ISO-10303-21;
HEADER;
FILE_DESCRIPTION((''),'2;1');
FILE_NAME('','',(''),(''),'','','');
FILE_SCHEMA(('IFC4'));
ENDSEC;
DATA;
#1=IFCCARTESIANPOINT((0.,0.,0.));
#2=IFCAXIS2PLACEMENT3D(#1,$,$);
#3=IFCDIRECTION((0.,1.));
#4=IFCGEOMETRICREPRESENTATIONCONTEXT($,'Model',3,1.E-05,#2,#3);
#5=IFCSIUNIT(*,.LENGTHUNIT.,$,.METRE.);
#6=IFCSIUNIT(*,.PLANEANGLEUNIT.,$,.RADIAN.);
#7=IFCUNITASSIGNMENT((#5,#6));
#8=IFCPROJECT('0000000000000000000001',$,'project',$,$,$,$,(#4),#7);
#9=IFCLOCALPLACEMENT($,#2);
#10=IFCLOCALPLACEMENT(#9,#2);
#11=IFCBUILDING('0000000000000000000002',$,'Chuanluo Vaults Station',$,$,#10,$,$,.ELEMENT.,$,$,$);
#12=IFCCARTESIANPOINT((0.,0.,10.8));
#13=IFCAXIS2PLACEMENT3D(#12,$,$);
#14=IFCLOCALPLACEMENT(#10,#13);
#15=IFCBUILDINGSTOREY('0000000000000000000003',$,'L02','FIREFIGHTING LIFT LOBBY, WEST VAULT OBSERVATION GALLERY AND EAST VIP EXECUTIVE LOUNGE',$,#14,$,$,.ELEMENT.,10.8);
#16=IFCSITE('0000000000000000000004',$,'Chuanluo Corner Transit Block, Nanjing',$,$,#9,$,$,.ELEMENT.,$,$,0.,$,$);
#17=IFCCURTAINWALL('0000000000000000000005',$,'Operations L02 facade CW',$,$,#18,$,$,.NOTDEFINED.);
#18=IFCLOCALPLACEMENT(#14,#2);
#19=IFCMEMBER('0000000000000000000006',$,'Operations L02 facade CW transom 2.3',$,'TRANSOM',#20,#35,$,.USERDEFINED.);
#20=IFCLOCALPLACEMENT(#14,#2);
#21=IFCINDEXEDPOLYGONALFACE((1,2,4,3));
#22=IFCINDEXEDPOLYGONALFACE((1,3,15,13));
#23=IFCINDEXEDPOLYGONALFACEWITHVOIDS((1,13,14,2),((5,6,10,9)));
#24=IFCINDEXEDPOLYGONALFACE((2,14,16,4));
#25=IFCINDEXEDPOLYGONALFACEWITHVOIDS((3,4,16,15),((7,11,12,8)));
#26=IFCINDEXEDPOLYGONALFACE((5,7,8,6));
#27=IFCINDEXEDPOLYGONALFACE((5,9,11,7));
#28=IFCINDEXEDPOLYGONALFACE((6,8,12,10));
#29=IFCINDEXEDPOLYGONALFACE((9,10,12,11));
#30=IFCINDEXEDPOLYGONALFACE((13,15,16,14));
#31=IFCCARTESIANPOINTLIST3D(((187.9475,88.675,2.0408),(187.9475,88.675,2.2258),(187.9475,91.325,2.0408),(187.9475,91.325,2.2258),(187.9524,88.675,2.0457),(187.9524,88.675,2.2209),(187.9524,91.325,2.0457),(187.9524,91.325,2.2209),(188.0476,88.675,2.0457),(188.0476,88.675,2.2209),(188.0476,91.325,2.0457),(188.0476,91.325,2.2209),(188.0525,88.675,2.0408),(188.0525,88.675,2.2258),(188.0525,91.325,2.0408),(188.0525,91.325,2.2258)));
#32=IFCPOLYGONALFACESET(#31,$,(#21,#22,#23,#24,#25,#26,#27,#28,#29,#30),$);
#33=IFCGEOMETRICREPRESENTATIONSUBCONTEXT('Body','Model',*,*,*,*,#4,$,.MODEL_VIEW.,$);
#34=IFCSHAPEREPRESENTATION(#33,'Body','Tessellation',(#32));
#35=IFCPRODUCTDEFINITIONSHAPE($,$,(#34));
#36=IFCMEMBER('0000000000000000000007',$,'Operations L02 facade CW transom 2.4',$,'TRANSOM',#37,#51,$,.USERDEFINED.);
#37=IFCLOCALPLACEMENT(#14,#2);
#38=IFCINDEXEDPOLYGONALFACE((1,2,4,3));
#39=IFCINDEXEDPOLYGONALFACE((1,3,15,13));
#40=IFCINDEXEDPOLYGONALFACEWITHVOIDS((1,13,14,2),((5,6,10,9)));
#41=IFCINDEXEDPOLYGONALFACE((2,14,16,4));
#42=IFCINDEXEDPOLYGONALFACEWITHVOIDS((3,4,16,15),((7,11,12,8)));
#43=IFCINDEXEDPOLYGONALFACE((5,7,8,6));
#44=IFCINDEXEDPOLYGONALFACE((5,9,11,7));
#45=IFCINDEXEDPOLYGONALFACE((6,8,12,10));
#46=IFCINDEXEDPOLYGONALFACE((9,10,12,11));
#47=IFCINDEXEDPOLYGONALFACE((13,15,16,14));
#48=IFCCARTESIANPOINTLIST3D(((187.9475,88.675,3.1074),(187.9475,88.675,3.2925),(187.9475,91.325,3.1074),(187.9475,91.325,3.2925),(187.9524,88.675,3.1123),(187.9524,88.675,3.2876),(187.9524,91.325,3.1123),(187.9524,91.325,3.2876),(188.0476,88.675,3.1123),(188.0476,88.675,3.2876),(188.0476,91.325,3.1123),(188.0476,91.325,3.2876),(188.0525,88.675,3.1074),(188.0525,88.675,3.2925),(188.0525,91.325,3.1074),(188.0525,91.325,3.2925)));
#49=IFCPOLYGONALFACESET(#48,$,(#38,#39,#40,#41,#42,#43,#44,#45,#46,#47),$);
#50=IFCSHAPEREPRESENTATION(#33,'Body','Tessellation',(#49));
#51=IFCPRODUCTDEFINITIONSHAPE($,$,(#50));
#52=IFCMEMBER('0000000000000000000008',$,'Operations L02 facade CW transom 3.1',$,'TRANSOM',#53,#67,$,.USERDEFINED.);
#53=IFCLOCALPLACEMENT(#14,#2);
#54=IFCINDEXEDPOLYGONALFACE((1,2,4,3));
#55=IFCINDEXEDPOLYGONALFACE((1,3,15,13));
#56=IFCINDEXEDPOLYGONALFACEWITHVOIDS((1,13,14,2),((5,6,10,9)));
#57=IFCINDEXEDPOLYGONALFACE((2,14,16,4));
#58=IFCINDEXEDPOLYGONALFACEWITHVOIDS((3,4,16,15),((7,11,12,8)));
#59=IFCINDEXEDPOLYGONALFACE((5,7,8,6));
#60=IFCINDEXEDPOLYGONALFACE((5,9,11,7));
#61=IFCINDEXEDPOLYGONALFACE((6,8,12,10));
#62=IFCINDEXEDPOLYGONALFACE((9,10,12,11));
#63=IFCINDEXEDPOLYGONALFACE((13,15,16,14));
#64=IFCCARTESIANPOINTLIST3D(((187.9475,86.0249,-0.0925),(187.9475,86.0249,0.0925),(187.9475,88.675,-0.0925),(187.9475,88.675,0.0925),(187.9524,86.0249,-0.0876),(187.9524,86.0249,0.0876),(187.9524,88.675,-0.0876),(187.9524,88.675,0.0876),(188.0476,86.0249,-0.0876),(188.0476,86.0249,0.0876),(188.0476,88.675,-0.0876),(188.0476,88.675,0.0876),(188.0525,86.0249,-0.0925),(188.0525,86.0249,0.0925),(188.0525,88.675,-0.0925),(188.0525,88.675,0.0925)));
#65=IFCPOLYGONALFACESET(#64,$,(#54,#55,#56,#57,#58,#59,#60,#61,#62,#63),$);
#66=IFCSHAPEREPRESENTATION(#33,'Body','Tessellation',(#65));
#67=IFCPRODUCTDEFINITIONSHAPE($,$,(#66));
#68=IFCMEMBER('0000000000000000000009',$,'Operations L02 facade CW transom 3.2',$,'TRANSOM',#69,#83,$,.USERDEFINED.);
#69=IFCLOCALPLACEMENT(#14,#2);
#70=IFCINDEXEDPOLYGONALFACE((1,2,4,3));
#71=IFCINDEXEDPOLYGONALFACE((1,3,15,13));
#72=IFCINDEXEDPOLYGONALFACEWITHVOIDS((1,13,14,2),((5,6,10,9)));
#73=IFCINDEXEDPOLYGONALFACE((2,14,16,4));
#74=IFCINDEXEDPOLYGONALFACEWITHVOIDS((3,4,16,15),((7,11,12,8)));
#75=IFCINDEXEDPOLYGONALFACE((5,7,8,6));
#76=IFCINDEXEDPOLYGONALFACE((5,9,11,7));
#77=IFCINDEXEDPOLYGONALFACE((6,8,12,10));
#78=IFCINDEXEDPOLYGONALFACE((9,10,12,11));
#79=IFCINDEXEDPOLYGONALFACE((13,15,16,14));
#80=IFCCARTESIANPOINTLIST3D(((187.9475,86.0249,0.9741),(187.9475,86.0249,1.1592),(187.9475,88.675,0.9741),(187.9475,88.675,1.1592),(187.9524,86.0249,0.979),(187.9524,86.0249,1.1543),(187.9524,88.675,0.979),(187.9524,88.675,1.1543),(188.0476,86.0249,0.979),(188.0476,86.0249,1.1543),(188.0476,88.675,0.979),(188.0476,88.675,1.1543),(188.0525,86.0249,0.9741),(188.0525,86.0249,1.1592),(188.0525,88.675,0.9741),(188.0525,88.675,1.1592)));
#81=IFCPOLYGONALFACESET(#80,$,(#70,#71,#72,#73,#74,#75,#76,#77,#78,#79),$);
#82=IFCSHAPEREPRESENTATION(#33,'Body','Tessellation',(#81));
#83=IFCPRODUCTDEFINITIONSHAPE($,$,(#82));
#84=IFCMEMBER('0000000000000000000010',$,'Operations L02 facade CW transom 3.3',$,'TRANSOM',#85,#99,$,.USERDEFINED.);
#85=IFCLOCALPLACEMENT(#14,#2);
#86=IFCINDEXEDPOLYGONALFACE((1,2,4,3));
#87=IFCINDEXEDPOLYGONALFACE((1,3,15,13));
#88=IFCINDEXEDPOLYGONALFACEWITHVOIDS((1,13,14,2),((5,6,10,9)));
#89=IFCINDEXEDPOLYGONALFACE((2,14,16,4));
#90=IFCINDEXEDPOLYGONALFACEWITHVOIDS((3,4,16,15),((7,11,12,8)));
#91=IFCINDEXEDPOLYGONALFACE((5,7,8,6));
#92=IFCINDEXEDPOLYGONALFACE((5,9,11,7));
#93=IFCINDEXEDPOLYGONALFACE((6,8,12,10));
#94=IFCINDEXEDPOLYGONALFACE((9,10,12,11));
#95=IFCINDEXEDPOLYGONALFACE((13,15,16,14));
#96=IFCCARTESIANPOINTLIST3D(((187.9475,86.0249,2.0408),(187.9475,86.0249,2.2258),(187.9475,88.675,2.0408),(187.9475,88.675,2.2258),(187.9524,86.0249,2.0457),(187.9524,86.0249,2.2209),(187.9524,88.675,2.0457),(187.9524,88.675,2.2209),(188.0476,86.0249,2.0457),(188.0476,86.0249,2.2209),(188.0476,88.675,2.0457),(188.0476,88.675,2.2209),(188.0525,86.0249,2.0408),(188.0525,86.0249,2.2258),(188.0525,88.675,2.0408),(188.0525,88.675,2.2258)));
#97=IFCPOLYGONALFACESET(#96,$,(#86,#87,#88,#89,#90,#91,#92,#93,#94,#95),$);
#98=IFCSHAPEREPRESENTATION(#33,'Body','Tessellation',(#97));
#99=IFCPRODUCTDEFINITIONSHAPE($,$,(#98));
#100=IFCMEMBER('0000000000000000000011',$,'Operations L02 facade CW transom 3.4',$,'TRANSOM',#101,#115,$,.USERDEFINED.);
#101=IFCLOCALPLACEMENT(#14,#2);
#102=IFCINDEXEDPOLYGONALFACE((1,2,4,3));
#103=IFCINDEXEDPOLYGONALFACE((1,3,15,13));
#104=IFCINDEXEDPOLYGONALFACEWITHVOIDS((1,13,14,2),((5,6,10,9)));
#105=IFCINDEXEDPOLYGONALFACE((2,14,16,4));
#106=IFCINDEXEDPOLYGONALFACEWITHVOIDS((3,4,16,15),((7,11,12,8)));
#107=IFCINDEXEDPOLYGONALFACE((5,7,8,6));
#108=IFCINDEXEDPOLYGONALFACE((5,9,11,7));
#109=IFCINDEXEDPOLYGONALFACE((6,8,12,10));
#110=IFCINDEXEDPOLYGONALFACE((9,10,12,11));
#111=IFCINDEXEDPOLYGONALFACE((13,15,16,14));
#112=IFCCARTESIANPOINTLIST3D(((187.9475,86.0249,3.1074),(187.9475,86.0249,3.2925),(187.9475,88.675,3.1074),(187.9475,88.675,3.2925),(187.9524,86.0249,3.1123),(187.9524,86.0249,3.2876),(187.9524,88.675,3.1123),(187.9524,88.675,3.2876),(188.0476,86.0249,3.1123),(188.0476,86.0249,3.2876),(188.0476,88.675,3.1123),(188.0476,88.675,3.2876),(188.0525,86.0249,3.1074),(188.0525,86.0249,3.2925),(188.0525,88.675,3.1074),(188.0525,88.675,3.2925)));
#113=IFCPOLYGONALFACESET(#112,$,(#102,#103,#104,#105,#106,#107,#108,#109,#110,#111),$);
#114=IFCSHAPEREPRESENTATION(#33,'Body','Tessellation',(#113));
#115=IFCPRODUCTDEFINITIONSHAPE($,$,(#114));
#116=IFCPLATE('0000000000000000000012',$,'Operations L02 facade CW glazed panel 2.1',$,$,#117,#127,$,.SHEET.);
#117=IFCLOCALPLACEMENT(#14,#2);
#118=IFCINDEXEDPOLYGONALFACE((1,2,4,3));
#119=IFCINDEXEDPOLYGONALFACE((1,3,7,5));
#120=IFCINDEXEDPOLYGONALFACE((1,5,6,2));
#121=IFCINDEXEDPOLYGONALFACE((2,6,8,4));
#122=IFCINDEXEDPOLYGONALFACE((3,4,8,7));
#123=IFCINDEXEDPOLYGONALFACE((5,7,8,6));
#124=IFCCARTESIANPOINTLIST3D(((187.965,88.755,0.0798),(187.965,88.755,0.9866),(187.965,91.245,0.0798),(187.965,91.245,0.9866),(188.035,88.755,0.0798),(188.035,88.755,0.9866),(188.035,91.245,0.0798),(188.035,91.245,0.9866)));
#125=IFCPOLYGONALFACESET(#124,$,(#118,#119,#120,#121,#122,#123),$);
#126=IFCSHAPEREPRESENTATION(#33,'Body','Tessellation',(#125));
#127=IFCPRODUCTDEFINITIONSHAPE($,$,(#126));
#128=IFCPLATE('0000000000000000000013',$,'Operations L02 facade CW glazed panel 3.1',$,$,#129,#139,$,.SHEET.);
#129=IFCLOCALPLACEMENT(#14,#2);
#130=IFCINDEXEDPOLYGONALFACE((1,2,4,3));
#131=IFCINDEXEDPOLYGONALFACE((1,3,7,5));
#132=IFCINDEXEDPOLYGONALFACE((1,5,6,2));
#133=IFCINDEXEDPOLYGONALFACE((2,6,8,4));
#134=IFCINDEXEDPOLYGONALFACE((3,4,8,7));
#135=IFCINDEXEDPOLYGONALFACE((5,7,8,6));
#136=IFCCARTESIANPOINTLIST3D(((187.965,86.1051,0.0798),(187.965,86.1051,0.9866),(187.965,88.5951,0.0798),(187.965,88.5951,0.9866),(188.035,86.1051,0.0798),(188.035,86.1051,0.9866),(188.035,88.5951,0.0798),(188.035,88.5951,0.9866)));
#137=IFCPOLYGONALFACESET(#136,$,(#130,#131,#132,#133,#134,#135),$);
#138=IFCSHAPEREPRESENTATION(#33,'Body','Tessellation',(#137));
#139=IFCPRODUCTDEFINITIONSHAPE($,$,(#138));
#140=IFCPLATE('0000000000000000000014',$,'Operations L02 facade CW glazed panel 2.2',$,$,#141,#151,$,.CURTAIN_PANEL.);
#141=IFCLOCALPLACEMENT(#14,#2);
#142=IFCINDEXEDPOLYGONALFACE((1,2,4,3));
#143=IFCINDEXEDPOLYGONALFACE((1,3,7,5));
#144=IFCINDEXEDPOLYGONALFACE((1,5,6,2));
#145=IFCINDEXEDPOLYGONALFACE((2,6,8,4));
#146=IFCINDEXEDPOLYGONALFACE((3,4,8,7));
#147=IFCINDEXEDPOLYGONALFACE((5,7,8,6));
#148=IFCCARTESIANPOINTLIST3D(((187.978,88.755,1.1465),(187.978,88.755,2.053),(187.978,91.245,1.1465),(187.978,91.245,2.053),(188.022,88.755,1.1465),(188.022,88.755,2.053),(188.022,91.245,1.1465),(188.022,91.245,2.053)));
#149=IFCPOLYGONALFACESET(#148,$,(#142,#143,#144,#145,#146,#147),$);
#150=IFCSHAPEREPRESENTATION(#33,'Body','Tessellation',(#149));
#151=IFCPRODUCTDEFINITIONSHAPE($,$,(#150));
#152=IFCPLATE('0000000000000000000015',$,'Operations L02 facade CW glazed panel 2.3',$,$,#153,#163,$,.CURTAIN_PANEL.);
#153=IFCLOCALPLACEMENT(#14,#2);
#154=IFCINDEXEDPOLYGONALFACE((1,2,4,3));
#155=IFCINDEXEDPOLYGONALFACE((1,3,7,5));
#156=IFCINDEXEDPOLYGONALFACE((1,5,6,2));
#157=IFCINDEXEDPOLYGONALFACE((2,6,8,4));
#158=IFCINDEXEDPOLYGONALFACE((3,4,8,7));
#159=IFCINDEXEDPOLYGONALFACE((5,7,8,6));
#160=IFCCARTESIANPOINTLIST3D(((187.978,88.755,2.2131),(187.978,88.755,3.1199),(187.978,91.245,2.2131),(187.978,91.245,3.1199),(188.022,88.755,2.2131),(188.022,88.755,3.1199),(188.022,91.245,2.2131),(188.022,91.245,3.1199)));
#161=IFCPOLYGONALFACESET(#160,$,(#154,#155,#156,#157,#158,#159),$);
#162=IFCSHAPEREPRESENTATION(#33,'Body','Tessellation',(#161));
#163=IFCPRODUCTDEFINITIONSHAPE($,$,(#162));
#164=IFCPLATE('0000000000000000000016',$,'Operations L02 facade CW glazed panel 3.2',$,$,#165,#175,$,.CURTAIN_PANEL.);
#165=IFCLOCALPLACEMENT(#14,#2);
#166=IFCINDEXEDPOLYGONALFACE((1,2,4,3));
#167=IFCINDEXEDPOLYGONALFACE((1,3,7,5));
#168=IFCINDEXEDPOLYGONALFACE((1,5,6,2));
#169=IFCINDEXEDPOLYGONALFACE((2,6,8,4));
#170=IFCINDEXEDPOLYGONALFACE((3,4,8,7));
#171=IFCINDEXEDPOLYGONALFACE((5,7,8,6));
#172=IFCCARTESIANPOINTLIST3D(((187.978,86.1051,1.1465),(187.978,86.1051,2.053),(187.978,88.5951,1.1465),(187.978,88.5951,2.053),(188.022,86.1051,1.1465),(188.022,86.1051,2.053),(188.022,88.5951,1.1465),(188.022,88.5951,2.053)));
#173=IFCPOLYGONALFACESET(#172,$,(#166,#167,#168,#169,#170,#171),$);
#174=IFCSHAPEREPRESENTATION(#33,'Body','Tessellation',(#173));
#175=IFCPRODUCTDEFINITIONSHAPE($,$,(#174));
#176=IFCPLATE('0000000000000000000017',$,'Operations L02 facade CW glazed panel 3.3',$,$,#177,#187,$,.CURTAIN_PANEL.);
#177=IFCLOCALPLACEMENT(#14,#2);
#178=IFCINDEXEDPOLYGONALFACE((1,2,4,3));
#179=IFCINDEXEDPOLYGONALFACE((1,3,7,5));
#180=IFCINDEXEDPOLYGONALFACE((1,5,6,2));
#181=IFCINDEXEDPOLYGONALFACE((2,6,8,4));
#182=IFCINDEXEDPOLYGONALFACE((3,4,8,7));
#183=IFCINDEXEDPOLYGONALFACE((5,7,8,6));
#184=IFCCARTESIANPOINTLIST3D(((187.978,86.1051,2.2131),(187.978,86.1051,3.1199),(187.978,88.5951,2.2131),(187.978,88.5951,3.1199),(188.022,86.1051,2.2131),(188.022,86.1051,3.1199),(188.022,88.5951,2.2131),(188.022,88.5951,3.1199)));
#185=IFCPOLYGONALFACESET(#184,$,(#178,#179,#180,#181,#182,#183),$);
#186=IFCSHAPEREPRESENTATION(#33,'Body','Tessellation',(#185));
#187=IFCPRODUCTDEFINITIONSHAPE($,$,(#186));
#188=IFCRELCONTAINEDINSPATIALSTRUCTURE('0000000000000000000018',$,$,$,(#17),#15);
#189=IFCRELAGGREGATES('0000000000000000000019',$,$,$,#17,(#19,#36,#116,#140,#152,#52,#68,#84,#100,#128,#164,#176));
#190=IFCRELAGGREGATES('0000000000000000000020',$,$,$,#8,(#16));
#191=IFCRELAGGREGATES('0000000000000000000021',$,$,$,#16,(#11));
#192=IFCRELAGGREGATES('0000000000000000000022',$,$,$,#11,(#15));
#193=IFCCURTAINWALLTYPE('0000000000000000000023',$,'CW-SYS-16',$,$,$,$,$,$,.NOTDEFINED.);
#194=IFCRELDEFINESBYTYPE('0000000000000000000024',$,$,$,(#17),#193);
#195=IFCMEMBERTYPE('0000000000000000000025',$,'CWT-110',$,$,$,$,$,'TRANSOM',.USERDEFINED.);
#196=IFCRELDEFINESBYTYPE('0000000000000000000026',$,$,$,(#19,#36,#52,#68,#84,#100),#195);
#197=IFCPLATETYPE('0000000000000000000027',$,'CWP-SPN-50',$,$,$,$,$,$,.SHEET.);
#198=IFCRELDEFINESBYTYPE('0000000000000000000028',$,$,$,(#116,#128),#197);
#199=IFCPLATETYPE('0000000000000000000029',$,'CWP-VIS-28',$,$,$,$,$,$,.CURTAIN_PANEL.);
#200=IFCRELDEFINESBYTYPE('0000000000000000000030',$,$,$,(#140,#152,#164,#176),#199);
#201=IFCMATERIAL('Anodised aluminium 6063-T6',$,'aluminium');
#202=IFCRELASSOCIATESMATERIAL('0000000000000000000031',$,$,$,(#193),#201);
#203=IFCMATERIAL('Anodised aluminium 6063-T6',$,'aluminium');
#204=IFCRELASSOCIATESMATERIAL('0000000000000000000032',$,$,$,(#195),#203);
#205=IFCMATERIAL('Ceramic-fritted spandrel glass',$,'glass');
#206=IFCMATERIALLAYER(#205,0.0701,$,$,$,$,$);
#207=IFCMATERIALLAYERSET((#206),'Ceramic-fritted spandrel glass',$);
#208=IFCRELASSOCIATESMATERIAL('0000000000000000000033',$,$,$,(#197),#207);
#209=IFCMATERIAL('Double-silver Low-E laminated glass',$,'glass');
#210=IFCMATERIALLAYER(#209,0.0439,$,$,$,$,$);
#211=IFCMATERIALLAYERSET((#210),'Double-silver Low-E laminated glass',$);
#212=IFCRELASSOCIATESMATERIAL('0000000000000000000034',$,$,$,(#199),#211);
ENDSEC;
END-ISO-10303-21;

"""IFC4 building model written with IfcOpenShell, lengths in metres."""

from ifc_helpers import new_model, si_unit, direction, frame, origin, origin_2d, place, context, subcontext, project, spatial, rectangle, hollow_rectangle, extrude, material, layer, layer_set, material_profile, profile_set, type_object, element, aggregate, save


model = new_model("IFC4")

# Units and contexts
model_context = context("Model", 3, precision=1e-05, world=origin(), true_north=direction((0.0, 1.0)))
body_context = subcontext(model_context, "Body", "Model", "MODEL_VIEW")
ifc_project = project(units=[si_unit("LENGTHUNIT", "METRE"), si_unit("PLANEANGLEUNIT", "RADIAN")], contexts=[model_context])

# Site, building, storey
site_placement = place(None, origin())
site = spatial("IfcSite", under=ifc_project, at=site_placement, Name="Chuanluo Corner Transit Block, Nanjing", CompositionType="ELEMENT", RefElevation=0.0)
building_placement = place(site_placement, origin())
building = spatial("IfcBuilding", under=site, at=building_placement, Name="Chuanluo Vaults Station", CompositionType="ELEMENT")
storey_placement = place(building_placement, frame((0.0, 0.0, 10.8)))
storey = spatial("IfcBuildingStorey", under=building, at=storey_placement, Name="L02", Description="FIREFIGHTING LIFT LOBBY, WEST VAULT OBSERVATION GALLERY AND EAST VIP EXECUTIVE LOUNGE", CompositionType="ELEMENT", Elevation=10.8)

# Curtain wall, members, plates
ifc_material_1 = material(Name="Anodised aluminium 6063-T6", Category="aluminium")
curtain_wall_type = type_object("IfcCurtainWallType", Name="CW-SYS-16", PredefinedType="NOTDEFINED", material=ifc_material_1)
curtain_wall_placement = place(storey_placement, origin())
curtain_wall = element("IfcCurtainWall", 1, at=curtain_wall_placement, inside=storey, type_object=curtain_wall_type, Name="Operations L02 facade CW", PredefinedType="NOTDEFINED")
ifc_material_2 = material(Name="Anodised aluminium 6063-T6", Category="aluminium")
ifc_material_profile_1 = material_profile(ifc_material_2, hollow_rectangle(XDim=0.105, YDim=0.1851, WallThickness=0.0049, at=origin_2d()))
ifc_profile_set_1 = profile_set([ifc_material_profile_1], Name="Anodised aluminium 6063-T6")
member_type_1 = type_object("IfcMemberType", Name="CWT-110", ElementType="TRANSOM", PredefinedType="USERDEFINED", material=ifc_profile_set_1)
member_1_placement = place(storey_placement, frame((188.0, 91.325, 2.1333), z_axis=(0.0, -1.0, 0.0), x_axis=(1.0, 0.0, 0.0)))
member_1 = element("IfcMember", 2, at=member_1_placement, type_object=member_type_1, Name="Operations L02 facade CW transom 2.3", ObjectType="TRANSOM", PredefinedType="USERDEFINED", context=body_context, shape_type="SweptSolid", body=[
    extrude(hollow_rectangle(XDim=0.105, YDim=0.1851, WallThickness=0.0049, at=origin_2d()), origin(), (0.0, 0.0, 1.0), 2.6499),
])
member_2_placement = place(storey_placement, frame((188.0, 91.325, 3.2), z_axis=(0.0, -1.0, 0.0), x_axis=(1.0, 0.0, 0.0)))
member_2 = element("IfcMember", 3, at=member_2_placement, type_object=member_type_1, Name="Operations L02 facade CW transom 2.4", ObjectType="TRANSOM", PredefinedType="USERDEFINED", context=body_context, shape_type="SweptSolid", body=[
    extrude(hollow_rectangle(XDim=0.105, YDim=0.1851, WallThickness=0.0049, at=origin_2d()), origin(), (0.0, 0.0, 1.0), 2.6499),
])
member_3_placement = place(storey_placement, frame((188.0, 88.675, 0.0), z_axis=(0.0, -1.0, 0.0), x_axis=(1.0, 0.0, 0.0)))
member_3 = element("IfcMember", 4, at=member_3_placement, type_object=member_type_1, Name="Operations L02 facade CW transom 3.1", ObjectType="TRANSOM", PredefinedType="USERDEFINED", context=body_context, shape_type="SweptSolid", body=[
    extrude(hollow_rectangle(XDim=0.105, YDim=0.1851, WallThickness=0.0049, at=origin_2d()), origin(), (0.0, 0.0, 1.0), 2.6501),
])
member_4_placement = place(storey_placement, frame((188.0, 88.675, 1.0667), z_axis=(0.0, -1.0, 0.0), x_axis=(1.0, 0.0, 0.0)))
member_4 = element("IfcMember", 5, at=member_4_placement, type_object=member_type_1, Name="Operations L02 facade CW transom 3.2", ObjectType="TRANSOM", PredefinedType="USERDEFINED", context=body_context, shape_type="SweptSolid", body=[
    extrude(hollow_rectangle(XDim=0.105, YDim=0.1851, WallThickness=0.0049, at=origin_2d()), origin(), (0.0, 0.0, 1.0), 2.6501),
])
member_5_placement = place(storey_placement, frame((188.0, 88.675, 2.1333), z_axis=(0.0, -1.0, 0.0), x_axis=(1.0, 0.0, 0.0)))
member_5 = element("IfcMember", 6, at=member_5_placement, type_object=member_type_1, Name="Operations L02 facade CW transom 3.3", ObjectType="TRANSOM", PredefinedType="USERDEFINED", context=body_context, shape_type="SweptSolid", body=[
    extrude(hollow_rectangle(XDim=0.105, YDim=0.1851, WallThickness=0.0049, at=origin_2d()), origin(), (0.0, 0.0, 1.0), 2.6501),
])
member_6_placement = place(storey_placement, frame((188.0, 88.675, 3.2), z_axis=(0.0, -1.0, 0.0), x_axis=(1.0, 0.0, 0.0)))
member_6 = element("IfcMember", 7, at=member_6_placement, type_object=member_type_1, Name="Operations L02 facade CW transom 3.4", ObjectType="TRANSOM", PredefinedType="USERDEFINED", context=body_context, shape_type="SweptSolid", body=[
    extrude(hollow_rectangle(XDim=0.105, YDim=0.1851, WallThickness=0.0049, at=origin_2d()), origin(), (0.0, 0.0, 1.0), 2.6501),
])
ifc_material_3 = material(Name="Ceramic-fritted spandrel glass", Category="glass")
ifc_layer_1 = layer(ifc_material_3, 0.0701)
ifc_layer_set_1 = layer_set([ifc_layer_1], Name="Ceramic-fritted spandrel glass")
plate_type_1 = type_object("IfcPlateType", Name="CWP-SPN-50", PredefinedType="SHEET", material=ifc_layer_set_1)
plate_1_placement = place(storey_placement, frame((188.0, 90.0, 0.0798), z_axis=(0.0, 0.0, 1.0), x_axis=(0.0, -1.0, 0.0)))
plate_1 = element("IfcPlate", 8, at=plate_1_placement, type_object=plate_type_1, Name="Operations L02 facade CW glazed panel 2.1", PredefinedType="SHEET", context=body_context, shape_type="SweptSolid", body=[
    extrude(rectangle(XDim=2.49, YDim=0.0701, at=origin_2d()), origin(), (0.0, 0.0, 1.0), 0.9067),
])
plate_2_placement = place(storey_placement, frame((188.0, 87.3501, 0.0798), z_axis=(0.0, 0.0, 1.0), x_axis=(0.0, -1.0, 0.0)))
plate_2 = element("IfcPlate", 9, at=plate_2_placement, type_object=plate_type_1, Name="Operations L02 facade CW glazed panel 3.1", PredefinedType="SHEET", context=body_context, shape_type="SweptSolid", body=[
    extrude(rectangle(XDim=2.49, YDim=0.0701, at=origin_2d()), origin(), (0.0, 0.0, 1.0), 0.9067),
])
ifc_material_4 = material(Name="Double-silver Low-E laminated glass", Category="glass")
ifc_layer_2 = layer(ifc_material_4, 0.0439)
ifc_layer_set_2 = layer_set([ifc_layer_2], Name="Double-silver Low-E laminated glass")
plate_type_2 = type_object("IfcPlateType", Name="CWP-VIS-28", PredefinedType="CURTAIN_PANEL", material=ifc_layer_set_2)
plate_3_placement = place(storey_placement, frame((188.0, 90.0, 1.1465), z_axis=(0.0, 0.0, 1.0), x_axis=(0.0, -1.0, 0.0)))
plate_3 = element("IfcPlate", 10, at=plate_3_placement, type_object=plate_type_2, Name="Operations L02 facade CW glazed panel 2.2", PredefinedType="CURTAIN_PANEL", context=body_context, shape_type="SweptSolid", body=[
    extrude(rectangle(XDim=2.49, YDim=0.0439, at=origin_2d()), origin(), (0.0, 0.0, 1.0), 0.9065),
])
plate_4_placement = place(storey_placement, frame((188.0, 90.0, 2.2131), z_axis=(0.0, 0.0, 1.0), x_axis=(0.0, -1.0, 0.0)))
plate_4 = element("IfcPlate", 11, at=plate_4_placement, type_object=plate_type_2, Name="Operations L02 facade CW glazed panel 2.3", PredefinedType="CURTAIN_PANEL", context=body_context, shape_type="SweptSolid", body=[
    extrude(rectangle(XDim=2.49, YDim=0.0439, at=origin_2d()), origin(), (0.0, 0.0, 1.0), 0.9067),
])
plate_5_placement = place(storey_placement, frame((188.0, 87.3501, 1.1465), z_axis=(0.0, 0.0, 1.0), x_axis=(0.0, -1.0, 0.0)))
plate_5 = element("IfcPlate", 12, at=plate_5_placement, type_object=plate_type_2, Name="Operations L02 facade CW glazed panel 3.2", PredefinedType="CURTAIN_PANEL", context=body_context, shape_type="SweptSolid", body=[
    extrude(rectangle(XDim=2.49, YDim=0.0439, at=origin_2d()), origin(), (0.0, 0.0, 1.0), 0.9065),
])
plate_6_placement = place(storey_placement, frame((188.0, 87.3501, 2.2131), z_axis=(0.0, 0.0, 1.0), x_axis=(0.0, -1.0, 0.0)))
plate_6 = element("IfcPlate", 13, at=plate_6_placement, type_object=plate_type_2, Name="Operations L02 facade CW glazed panel 3.3", PredefinedType="CURTAIN_PANEL", context=body_context, shape_type="SweptSolid", body=[
    extrude(rectangle(XDim=2.49, YDim=0.0439, at=origin_2d()), origin(), (0.0, 0.0, 1.0), 0.9067),
])
aggregate(curtain_wall, [member_1, member_2, plate_1, plate_3, plate_4, member_3, member_4, member_5, member_6, plate_2, plate_5, plate_6])

save(model, "model.ifc")
